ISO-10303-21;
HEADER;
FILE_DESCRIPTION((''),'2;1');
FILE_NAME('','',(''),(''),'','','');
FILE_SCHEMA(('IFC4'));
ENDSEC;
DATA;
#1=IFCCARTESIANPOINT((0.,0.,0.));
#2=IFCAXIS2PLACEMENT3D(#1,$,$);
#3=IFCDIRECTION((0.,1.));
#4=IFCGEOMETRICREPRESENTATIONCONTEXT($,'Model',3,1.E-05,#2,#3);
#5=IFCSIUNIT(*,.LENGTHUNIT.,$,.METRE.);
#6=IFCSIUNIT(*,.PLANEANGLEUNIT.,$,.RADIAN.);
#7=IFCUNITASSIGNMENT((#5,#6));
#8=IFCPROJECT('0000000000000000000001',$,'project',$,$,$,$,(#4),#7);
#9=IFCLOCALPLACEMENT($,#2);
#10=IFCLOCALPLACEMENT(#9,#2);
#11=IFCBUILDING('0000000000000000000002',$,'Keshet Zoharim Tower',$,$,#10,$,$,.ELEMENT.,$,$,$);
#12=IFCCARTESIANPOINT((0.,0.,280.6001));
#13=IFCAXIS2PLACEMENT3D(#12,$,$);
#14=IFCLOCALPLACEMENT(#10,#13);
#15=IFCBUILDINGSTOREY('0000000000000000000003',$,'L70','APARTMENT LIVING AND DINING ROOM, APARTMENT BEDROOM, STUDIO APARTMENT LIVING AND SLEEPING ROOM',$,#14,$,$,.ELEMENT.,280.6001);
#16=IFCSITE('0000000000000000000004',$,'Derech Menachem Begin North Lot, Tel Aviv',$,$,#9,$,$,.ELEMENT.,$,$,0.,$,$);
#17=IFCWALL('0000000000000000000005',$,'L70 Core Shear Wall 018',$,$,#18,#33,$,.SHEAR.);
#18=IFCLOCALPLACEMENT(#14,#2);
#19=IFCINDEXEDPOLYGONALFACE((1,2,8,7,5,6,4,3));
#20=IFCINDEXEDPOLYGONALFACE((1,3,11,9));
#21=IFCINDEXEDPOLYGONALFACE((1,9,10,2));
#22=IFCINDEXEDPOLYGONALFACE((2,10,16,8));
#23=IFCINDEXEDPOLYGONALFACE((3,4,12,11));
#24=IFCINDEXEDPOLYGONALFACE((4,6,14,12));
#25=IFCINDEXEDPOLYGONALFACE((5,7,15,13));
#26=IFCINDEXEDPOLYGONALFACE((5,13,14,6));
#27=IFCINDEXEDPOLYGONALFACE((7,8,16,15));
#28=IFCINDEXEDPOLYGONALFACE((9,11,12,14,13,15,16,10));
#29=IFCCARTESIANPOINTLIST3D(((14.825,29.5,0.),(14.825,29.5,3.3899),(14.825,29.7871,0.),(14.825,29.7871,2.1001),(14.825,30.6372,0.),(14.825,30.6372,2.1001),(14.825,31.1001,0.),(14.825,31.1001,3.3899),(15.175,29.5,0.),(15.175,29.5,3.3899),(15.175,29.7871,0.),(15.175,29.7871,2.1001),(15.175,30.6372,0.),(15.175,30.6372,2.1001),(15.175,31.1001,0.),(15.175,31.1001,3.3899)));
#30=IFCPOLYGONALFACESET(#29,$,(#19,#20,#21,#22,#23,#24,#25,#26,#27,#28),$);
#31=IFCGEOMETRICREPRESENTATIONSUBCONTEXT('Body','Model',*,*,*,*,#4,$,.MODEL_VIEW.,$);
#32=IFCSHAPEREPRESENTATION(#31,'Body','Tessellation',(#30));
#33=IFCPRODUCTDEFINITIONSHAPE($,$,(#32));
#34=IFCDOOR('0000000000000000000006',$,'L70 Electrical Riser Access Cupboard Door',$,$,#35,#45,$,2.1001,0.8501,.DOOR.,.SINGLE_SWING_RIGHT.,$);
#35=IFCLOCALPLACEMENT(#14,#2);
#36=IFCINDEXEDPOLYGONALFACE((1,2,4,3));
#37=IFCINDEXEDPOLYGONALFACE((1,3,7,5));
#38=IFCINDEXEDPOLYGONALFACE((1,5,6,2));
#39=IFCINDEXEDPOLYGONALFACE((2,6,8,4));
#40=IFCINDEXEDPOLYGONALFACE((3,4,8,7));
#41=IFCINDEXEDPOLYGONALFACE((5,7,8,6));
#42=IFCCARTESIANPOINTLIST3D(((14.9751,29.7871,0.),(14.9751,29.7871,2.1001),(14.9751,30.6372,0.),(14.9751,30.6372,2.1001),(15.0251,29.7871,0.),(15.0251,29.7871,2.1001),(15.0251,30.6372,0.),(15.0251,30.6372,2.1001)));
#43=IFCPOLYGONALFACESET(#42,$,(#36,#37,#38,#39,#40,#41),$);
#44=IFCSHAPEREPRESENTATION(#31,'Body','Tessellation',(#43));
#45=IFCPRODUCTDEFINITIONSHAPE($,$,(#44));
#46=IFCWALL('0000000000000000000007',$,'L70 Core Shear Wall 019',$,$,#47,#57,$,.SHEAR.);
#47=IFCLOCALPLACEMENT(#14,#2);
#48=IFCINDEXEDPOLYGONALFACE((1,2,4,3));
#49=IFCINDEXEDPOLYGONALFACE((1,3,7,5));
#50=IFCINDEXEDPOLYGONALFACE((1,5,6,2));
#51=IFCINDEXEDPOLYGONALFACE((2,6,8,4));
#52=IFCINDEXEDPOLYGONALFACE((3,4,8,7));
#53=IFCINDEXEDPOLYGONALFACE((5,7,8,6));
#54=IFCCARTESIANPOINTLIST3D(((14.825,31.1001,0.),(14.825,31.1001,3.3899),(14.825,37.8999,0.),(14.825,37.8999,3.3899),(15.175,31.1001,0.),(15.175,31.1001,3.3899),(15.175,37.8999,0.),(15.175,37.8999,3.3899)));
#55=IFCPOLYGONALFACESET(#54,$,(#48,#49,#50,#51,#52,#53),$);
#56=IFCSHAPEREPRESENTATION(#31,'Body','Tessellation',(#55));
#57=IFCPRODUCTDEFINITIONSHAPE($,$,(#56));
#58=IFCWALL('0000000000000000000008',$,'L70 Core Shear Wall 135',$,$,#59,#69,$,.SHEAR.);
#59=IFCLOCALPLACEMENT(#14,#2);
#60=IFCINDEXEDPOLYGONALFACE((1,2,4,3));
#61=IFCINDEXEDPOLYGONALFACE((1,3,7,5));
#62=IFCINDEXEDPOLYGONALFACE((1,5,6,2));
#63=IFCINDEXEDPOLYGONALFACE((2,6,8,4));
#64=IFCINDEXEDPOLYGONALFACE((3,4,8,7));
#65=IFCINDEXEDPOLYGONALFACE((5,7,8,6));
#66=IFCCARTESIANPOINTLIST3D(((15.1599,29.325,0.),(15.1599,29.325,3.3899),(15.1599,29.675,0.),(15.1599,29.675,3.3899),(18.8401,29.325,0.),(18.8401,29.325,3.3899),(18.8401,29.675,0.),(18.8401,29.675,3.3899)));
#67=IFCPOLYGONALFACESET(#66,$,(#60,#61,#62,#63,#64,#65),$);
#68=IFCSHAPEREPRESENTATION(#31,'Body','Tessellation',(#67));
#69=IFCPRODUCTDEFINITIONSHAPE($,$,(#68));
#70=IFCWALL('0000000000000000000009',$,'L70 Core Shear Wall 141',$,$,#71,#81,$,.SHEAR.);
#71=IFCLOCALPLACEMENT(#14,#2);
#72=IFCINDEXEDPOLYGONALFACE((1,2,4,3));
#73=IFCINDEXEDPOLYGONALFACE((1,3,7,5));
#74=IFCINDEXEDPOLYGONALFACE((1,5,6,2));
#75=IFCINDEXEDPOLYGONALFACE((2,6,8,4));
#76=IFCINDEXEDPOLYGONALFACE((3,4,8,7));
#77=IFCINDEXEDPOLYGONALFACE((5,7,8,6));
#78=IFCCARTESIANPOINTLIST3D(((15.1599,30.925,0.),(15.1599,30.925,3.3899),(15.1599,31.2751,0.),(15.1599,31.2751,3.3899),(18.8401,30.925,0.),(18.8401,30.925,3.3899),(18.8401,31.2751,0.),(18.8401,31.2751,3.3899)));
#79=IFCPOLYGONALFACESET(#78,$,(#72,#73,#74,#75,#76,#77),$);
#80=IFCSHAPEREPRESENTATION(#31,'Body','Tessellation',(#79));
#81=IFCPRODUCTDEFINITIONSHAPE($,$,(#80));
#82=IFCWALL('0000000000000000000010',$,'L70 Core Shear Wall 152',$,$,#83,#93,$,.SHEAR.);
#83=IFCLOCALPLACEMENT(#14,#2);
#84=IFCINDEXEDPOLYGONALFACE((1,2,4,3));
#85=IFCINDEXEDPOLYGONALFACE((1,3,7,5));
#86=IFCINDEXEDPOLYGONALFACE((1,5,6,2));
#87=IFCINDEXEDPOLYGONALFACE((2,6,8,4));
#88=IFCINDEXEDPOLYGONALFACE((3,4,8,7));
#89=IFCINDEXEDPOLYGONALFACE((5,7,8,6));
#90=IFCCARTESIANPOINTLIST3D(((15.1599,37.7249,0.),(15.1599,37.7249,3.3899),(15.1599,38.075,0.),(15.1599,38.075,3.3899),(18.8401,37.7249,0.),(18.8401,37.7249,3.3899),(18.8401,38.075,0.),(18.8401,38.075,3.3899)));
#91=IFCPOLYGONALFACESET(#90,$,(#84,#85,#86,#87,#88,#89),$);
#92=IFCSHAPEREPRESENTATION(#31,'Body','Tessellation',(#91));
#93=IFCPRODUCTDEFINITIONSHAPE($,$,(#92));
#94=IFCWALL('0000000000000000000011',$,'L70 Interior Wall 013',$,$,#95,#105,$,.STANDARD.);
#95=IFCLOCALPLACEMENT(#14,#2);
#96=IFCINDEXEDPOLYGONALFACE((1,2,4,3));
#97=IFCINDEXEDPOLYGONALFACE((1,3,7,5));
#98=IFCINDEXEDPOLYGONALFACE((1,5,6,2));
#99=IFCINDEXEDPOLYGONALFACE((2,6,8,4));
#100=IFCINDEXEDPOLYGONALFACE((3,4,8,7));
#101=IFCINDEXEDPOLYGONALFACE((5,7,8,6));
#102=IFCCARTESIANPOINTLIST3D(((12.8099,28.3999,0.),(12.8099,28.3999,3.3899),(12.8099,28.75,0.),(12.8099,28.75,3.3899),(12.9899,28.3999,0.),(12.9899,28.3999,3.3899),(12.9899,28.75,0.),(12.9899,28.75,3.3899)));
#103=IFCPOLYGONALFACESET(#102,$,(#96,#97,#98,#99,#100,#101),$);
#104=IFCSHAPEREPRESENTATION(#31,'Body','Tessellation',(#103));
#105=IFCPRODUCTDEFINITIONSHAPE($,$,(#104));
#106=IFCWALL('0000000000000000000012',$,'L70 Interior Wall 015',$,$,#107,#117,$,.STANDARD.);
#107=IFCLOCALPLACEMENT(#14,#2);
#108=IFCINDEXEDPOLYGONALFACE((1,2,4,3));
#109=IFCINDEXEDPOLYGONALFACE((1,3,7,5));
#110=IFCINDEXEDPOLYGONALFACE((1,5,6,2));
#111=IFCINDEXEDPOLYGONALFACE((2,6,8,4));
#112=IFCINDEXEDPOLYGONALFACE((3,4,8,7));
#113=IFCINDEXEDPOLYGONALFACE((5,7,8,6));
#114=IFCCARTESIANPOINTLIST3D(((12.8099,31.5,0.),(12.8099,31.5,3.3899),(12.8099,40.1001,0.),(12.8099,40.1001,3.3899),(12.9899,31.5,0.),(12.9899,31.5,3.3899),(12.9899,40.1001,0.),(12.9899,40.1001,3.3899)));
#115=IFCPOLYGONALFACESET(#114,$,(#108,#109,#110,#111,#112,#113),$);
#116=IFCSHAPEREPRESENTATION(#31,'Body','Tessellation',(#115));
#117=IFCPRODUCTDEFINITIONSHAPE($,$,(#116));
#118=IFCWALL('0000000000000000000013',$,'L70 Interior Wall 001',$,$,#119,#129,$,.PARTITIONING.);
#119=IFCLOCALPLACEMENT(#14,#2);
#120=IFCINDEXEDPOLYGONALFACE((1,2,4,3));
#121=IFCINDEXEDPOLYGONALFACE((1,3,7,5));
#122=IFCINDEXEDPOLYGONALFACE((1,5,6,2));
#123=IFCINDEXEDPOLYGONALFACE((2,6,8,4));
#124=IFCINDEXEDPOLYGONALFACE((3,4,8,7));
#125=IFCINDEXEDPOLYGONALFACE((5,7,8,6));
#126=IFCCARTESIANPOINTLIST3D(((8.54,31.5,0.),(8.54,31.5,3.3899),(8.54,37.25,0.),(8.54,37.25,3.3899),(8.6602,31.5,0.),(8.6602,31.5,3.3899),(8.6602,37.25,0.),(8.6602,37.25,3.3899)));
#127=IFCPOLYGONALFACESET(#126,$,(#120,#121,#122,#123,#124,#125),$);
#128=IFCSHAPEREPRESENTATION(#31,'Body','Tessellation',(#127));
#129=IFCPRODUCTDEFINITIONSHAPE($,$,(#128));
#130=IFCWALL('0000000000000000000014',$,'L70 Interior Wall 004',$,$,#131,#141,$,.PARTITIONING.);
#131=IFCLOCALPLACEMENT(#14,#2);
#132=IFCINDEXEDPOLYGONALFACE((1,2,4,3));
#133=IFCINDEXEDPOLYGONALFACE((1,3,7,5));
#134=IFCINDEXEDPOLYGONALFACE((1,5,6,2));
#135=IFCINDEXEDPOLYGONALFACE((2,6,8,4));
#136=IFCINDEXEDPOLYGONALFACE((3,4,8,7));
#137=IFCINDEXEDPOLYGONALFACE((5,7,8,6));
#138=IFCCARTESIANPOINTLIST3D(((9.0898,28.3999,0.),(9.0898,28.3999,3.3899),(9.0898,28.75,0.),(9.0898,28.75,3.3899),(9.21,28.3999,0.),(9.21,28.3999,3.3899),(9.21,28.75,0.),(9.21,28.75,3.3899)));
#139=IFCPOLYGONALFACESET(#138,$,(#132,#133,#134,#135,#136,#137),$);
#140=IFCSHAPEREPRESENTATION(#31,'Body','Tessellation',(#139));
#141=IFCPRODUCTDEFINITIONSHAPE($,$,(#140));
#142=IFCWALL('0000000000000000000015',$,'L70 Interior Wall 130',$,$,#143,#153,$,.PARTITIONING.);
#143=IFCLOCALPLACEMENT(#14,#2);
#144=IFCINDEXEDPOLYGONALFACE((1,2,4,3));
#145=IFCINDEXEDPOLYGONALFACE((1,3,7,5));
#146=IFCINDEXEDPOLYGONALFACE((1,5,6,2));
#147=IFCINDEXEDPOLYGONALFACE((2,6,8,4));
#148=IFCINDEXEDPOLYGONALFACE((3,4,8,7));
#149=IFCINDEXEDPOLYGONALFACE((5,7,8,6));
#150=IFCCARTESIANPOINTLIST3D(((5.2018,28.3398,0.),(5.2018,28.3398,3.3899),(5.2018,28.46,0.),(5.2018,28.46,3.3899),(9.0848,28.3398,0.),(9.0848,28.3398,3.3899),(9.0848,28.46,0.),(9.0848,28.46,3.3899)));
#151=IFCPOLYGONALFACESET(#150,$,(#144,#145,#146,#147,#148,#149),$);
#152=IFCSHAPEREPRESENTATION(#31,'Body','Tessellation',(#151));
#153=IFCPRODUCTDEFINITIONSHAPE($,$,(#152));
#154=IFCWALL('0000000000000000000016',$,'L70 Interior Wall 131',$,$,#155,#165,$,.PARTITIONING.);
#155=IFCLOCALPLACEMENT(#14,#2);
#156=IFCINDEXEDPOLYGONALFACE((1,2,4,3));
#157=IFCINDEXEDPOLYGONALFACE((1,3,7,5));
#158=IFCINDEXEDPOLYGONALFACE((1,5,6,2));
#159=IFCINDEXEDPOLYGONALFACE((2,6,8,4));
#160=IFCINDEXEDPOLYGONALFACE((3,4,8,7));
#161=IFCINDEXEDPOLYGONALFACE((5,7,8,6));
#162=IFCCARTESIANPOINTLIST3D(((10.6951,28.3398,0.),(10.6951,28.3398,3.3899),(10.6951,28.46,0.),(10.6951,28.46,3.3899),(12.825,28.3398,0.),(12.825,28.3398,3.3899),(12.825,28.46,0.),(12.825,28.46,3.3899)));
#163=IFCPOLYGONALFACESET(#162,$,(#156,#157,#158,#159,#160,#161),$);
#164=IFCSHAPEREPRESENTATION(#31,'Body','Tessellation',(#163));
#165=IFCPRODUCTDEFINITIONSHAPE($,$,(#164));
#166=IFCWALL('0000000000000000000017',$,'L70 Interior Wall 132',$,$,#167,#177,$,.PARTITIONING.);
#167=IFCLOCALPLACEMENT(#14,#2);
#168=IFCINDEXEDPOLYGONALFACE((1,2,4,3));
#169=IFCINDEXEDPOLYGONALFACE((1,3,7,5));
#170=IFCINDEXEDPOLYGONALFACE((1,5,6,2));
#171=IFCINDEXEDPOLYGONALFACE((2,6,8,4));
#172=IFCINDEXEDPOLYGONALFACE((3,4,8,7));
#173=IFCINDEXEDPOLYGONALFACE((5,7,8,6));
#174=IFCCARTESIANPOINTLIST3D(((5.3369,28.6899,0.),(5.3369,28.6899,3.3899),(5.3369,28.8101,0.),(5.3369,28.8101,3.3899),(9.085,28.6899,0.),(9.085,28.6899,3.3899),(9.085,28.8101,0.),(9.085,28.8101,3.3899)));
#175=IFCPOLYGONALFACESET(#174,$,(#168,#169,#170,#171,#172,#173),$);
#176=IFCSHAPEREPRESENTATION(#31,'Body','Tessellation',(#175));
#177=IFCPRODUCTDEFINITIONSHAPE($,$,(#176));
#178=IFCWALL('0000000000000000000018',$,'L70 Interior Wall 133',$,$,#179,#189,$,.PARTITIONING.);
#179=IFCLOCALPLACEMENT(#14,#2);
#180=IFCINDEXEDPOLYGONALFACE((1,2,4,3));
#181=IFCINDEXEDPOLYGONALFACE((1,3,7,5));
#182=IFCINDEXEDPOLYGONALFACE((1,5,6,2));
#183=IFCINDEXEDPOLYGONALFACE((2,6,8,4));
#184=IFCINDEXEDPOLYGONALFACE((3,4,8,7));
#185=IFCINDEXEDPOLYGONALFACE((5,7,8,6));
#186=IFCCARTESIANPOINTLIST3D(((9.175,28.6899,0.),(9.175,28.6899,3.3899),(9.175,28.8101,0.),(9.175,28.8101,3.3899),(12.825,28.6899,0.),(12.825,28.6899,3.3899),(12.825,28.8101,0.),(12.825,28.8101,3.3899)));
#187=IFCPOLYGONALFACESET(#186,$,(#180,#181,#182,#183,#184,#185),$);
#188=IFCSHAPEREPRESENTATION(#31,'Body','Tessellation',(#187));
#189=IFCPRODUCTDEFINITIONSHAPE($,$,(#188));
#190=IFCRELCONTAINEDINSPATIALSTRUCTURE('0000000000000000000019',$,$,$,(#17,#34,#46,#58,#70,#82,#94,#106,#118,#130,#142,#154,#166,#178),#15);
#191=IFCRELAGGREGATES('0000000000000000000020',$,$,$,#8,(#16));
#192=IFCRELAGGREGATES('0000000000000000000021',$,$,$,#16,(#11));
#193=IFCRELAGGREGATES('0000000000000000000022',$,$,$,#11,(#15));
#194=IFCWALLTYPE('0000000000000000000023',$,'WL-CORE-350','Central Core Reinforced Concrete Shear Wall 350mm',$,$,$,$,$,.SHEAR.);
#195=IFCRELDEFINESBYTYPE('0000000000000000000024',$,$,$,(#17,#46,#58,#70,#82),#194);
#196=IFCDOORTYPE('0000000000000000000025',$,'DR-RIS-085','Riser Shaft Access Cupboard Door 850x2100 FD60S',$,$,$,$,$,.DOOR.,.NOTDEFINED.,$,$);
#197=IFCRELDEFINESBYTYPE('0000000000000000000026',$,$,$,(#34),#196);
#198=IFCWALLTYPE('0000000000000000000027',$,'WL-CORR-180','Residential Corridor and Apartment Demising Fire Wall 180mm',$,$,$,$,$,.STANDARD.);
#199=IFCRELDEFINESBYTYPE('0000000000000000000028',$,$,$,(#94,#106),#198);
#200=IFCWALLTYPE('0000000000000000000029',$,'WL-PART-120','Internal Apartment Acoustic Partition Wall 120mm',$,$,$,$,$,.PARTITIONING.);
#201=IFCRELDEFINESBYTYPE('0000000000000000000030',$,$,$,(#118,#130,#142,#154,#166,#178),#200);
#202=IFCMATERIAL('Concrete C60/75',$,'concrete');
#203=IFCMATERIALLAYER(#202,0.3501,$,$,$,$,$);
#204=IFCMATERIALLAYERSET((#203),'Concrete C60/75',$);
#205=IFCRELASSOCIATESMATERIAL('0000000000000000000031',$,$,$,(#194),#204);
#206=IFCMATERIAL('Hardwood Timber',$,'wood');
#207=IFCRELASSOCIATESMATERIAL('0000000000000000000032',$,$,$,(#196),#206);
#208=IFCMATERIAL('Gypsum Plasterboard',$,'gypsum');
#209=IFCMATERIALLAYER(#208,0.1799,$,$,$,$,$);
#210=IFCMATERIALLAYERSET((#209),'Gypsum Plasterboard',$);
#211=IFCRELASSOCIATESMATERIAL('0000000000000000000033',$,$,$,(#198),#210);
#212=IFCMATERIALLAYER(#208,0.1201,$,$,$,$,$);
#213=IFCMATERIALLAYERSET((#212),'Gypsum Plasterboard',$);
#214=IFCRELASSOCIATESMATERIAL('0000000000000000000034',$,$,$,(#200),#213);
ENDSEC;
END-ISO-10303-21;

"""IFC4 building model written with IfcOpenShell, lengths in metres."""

from ifc_helpers import new_model, si_unit, direction, frame, frame_2d, origin, place, context, subcontext, project, spatial, rectangle, extrude, material, layer, layer_set, type_object, element, fill, save


model = new_model("IFC4")

# Units and contexts
model_context = context("Model", 3, precision=1e-05, world=origin(), true_north=direction((0.0, 1.0)))
body_context = subcontext(model_context, "Body", "Model", "MODEL_VIEW")
ifc_project = project(units=[si_unit("LENGTHUNIT", "METRE"), si_unit("PLANEANGLEUNIT", "RADIAN")], contexts=[model_context])

# Site, building, storey
site_placement = place(None, origin())
site = spatial("IfcSite", under=ifc_project, at=site_placement, Name="Derech Menachem Begin North Lot, Tel Aviv", CompositionType="ELEMENT", RefElevation=0.0)
building_placement = place(site_placement, origin())
building = spatial("IfcBuilding", under=site, at=building_placement, Name="Keshet Zoharim Tower", CompositionType="ELEMENT")
storey_placement = place(building_placement, frame((0.0, 0.0, 280.6001)))
storey = spatial("IfcBuildingStorey", under=building, at=storey_placement, Name="L70", Description="APARTMENT LIVING AND DINING ROOM, APARTMENT BEDROOM, STUDIO APARTMENT LIVING AND SLEEPING ROOM", CompositionType="ELEMENT", Elevation=280.6001)

# Wall, opening, door
ifc_material_1 = material(Name="Concrete C60/75", Category="concrete")
ifc_layer_1 = layer(ifc_material_1, 0.3501)
ifc_layer_set_1 = layer_set([ifc_layer_1], Name="Concrete C60/75")
wall_type_1 = type_object("IfcWallType", Name="WL-CORE-350", Description="Central Core Reinforced Concrete Shear Wall 350mm", PredefinedType="SHEAR", material=ifc_layer_set_1)
wall_1_placement = place(storey_placement, frame((15.0, 29.5, 0.0), z_axis=(0.0, 0.0, 1.0), x_axis=(0.0, 1.0, 0.0)))
wall_1 = element("IfcWall", 1, at=wall_1_placement, inside=storey, type_object=wall_type_1, Name="L70 Core Shear Wall 018", PredefinedType="SHEAR", context=body_context, shape_type="SweptSolid", body=[
    extrude(rectangle(XDim=1.6001, YDim=0.3501, at=frame_2d((0.8, 0.0))), origin(), (0.0, 0.0, 1.0), 3.3899),
])
opening_1_placement = place(wall_1_placement, frame((0.2871, 0.0, 0.0)))
opening_1 = element("IfcOpeningElement", 2, at=opening_1_placement, cuts=wall_1, PredefinedType="OPENING", context=body_context, shape_type="SweptSolid", body=[
    extrude(rectangle(XDim=0.8501, YDim=2.1001, at=frame_2d((0.425, 1.05))), frame((0.0, 0.1851, 0.0), z_axis=(0.0, -1.0, 0.0), x_axis=(1.0, 0.0, 0.0)), (0.0, 0.0, 1.0), 0.3701),
])
ifc_material_2 = material(Name="Hardwood Timber", Category="wood")
door_type_1 = type_object("IfcDoorType", Name="DR-RIS-085", Description="Riser Shaft Access Cupboard Door 850x2100 FD60S", OperationType="NOTDEFINED", PredefinedType="DOOR", material=ifc_material_2)
door_1_placement = place(opening_1_placement, origin())
door_1 = element("IfcDoor", 3, at=door_1_placement, inside=storey, type_object=door_type_1, Name="L70 Electrical Riser Access Cupboard Door", OperationType="SINGLE_SWING_RIGHT", OverallHeight=2.1001, OverallWidth=0.8501, PredefinedType="DOOR", context=body_context, shape_type="SweptSolid", body=[
    extrude(rectangle(XDim=0.8501, YDim=2.1001, at=frame_2d((0.425, 1.05))), frame((0.0, 0.0249, 0.0), z_axis=(0.0, -1.0, 0.0), x_axis=(1.0, 0.0, 0.0)), (0.0, 0.0, 1.0), 0.05),
])
fill(opening_1, door_1)

# Walls
wall_2_placement = place(storey_placement, frame((15.0, 31.1001, 0.0), z_axis=(0.0, 0.0, 1.0), x_axis=(0.0, 1.0, 0.0)))
element("IfcWall", 4, at=wall_2_placement, inside=storey, type_object=wall_type_1, Name="L70 Core Shear Wall 019", PredefinedType="SHEAR", context=body_context, shape_type="SweptSolid", body=[
    extrude(rectangle(XDim=6.7998, YDim=0.3501, at=frame_2d((3.3999, 0.0))), origin(), (0.0, 0.0, 1.0), 3.3899),
])
for number, where, z_axis, x_axis, name in (
    (5, (15.1599, 29.5, 0.0), (0.0, 0.0, 1.0), (1.0, 0.0, 0.0), "L70 Core Shear Wall 135"),
    (6, (15.1599, 31.1001, 0.0), (0.0, 0.0, 1.0), (1.0, 0.0, 0.0), "L70 Core Shear Wall 141"),
    (7, (15.1599, 37.8999, 0.0), (0.0, 0.0, 1.0), (1.0, 0.0, 0.0), "L70 Core Shear Wall 152"),
):
    element("IfcWall", number, at=place(storey_placement, frame(where, z_axis=z_axis, x_axis=x_axis)), inside=storey, type_object=wall_type_1, Name=name, PredefinedType="SHEAR", context=body_context, shape_type="SweptSolid", body=[
        extrude(rectangle(XDim=3.6802, YDim=0.3501, at=frame_2d((1.8401, 0.0))), origin(), (0.0, 0.0, 1.0), 3.3899),
    ])
ifc_material_3 = material(Name="Gypsum Plasterboard", Category="gypsum")
ifc_layer_2 = layer(ifc_material_3, 0.1799)
ifc_layer_set_2 = layer_set([ifc_layer_2], Name="Gypsum Plasterboard")
wall_type_2 = type_object("IfcWallType", Name="WL-CORR-180", Description="Residential Corridor and Apartment Demising Fire Wall 180mm", PredefinedType="STANDARD", material=ifc_layer_set_2)
wall_3_placement = place(storey_placement, frame((12.8999, 28.3999, 0.0), z_axis=(0.0, 0.0, 1.0), x_axis=(0.0, 1.0, 0.0)))
element("IfcWall", 8, at=wall_3_placement, inside=storey, type_object=wall_type_2, Name="L70 Interior Wall 013", PredefinedType="STANDARD", context=body_context, shape_type="SweptSolid", body=[
    extrude(rectangle(XDim=0.3501, YDim=0.1799, at=frame_2d((0.175, 0.0))), origin(), (0.0, 0.0, 1.0), 3.3899),
])

# Walls
wall_4_placement = place(storey_placement, frame((12.8999, 31.5, 0.0), z_axis=(0.0, 0.0, 1.0), x_axis=(0.0, 1.0, 0.0)))
element("IfcWall", 9, at=wall_4_placement, inside=storey, type_object=wall_type_2, Name="L70 Interior Wall 015", PredefinedType="STANDARD", context=body_context, shape_type="SweptSolid", body=[
    extrude(rectangle(XDim=8.6001, YDim=0.1799, at=frame_2d((4.3, 0.0))), origin(), (0.0, 0.0, 1.0), 3.3899),
])
ifc_layer_3 = layer(ifc_material_3, 0.1201)
ifc_layer_set_3 = layer_set([ifc_layer_3], Name="Gypsum Plasterboard")
wall_type_3 = type_object("IfcWallType", Name="WL-PART-120", Description="Internal Apartment Acoustic Partition Wall 120mm", PredefinedType="PARTITIONING", material=ifc_layer_set_3)
wall_5_placement = place(storey_placement, frame((8.6001, 31.5, 0.0), z_axis=(0.0, 0.0, 1.0), x_axis=(0.0, 1.0, 0.0)))
element("IfcWall", 10, at=wall_5_placement, inside=storey, type_object=wall_type_3, Name="L70 Interior Wall 001", PredefinedType="PARTITIONING", context=body_context, shape_type="SweptSolid", body=[
    extrude(rectangle(XDim=5.75, YDim=0.1201, at=frame_2d((2.875, 0.0))), origin(), (0.0, 0.0, 1.0), 3.3899),
])
wall_6_placement = place(storey_placement, frame((9.1499, 28.3999, 0.0), z_axis=(0.0, 0.0, 1.0), x_axis=(0.0, 1.0, 0.0)))
element("IfcWall", 11, at=wall_6_placement, inside=storey, type_object=wall_type_3, Name="L70 Interior Wall 004", PredefinedType="PARTITIONING", context=body_context, shape_type="SweptSolid", body=[
    extrude(rectangle(XDim=0.3501, YDim=0.1201, at=frame_2d((0.175, 0.0))), origin(), (0.0, 0.0, 1.0), 3.3899),
])
wall_7_placement = place(storey_placement, frame((5.2019, 28.3999, 0.0), z_axis=(0.0, 0.0, 1.0), x_axis=(1.0, 0.0, 0.0)))
element("IfcWall", 12, at=wall_7_placement, inside=storey, type_object=wall_type_3, Name="L70 Interior Wall 130", PredefinedType="PARTITIONING", context=body_context, shape_type="SweptSolid", body=[
    extrude(rectangle(XDim=3.8831, YDim=0.1201, at=frame_2d((1.9414, 0.0))), origin(), (0.0, 0.0, 1.0), 3.3899),
])
wall_8_placement = place(storey_placement, frame((10.6951, 28.3999, 0.0), z_axis=(0.0, 0.0, 1.0), x_axis=(1.0, 0.0, 0.0)))
element("IfcWall", 13, at=wall_8_placement, inside=storey, type_object=wall_type_3, Name="L70 Interior Wall 131", PredefinedType="PARTITIONING", context=body_context, shape_type="SweptSolid", body=[
    extrude(rectangle(XDim=2.1299, YDim=0.1201, at=frame_2d((1.0649, 0.0))), origin(), (0.0, 0.0, 1.0), 3.3899),
])
wall_9_placement = place(storey_placement, frame((5.3369, 28.75, 0.0), z_axis=(0.0, 0.0, 1.0), x_axis=(1.0, 0.0, 0.0)))
element("IfcWall", 14, at=wall_9_placement, inside=storey, type_object=wall_type_3, Name="L70 Interior Wall 132", PredefinedType="PARTITIONING", context=body_context, shape_type="SweptSolid", body=[
    extrude(rectangle(XDim=3.748, YDim=0.1201, at=frame_2d((1.874, 0.0))), origin(), (0.0, 0.0, 1.0), 3.3899),
])
wall_10_placement = place(storey_placement, frame((9.175, 28.75, 0.0), z_axis=(0.0, 0.0, 1.0), x_axis=(1.0, 0.0, 0.0)))
element("IfcWall", 15, at=wall_10_placement, inside=storey, type_object=wall_type_3, Name="L70 Interior Wall 133", PredefinedType="PARTITIONING", context=body_context, shape_type="SweptSolid", body=[
    extrude(rectangle(XDim=3.6499, YDim=0.1201, at=frame_2d((1.825, 0.0))), origin(), (0.0, 0.0, 1.0), 3.3899),
])

save(model, "model.ifc")
